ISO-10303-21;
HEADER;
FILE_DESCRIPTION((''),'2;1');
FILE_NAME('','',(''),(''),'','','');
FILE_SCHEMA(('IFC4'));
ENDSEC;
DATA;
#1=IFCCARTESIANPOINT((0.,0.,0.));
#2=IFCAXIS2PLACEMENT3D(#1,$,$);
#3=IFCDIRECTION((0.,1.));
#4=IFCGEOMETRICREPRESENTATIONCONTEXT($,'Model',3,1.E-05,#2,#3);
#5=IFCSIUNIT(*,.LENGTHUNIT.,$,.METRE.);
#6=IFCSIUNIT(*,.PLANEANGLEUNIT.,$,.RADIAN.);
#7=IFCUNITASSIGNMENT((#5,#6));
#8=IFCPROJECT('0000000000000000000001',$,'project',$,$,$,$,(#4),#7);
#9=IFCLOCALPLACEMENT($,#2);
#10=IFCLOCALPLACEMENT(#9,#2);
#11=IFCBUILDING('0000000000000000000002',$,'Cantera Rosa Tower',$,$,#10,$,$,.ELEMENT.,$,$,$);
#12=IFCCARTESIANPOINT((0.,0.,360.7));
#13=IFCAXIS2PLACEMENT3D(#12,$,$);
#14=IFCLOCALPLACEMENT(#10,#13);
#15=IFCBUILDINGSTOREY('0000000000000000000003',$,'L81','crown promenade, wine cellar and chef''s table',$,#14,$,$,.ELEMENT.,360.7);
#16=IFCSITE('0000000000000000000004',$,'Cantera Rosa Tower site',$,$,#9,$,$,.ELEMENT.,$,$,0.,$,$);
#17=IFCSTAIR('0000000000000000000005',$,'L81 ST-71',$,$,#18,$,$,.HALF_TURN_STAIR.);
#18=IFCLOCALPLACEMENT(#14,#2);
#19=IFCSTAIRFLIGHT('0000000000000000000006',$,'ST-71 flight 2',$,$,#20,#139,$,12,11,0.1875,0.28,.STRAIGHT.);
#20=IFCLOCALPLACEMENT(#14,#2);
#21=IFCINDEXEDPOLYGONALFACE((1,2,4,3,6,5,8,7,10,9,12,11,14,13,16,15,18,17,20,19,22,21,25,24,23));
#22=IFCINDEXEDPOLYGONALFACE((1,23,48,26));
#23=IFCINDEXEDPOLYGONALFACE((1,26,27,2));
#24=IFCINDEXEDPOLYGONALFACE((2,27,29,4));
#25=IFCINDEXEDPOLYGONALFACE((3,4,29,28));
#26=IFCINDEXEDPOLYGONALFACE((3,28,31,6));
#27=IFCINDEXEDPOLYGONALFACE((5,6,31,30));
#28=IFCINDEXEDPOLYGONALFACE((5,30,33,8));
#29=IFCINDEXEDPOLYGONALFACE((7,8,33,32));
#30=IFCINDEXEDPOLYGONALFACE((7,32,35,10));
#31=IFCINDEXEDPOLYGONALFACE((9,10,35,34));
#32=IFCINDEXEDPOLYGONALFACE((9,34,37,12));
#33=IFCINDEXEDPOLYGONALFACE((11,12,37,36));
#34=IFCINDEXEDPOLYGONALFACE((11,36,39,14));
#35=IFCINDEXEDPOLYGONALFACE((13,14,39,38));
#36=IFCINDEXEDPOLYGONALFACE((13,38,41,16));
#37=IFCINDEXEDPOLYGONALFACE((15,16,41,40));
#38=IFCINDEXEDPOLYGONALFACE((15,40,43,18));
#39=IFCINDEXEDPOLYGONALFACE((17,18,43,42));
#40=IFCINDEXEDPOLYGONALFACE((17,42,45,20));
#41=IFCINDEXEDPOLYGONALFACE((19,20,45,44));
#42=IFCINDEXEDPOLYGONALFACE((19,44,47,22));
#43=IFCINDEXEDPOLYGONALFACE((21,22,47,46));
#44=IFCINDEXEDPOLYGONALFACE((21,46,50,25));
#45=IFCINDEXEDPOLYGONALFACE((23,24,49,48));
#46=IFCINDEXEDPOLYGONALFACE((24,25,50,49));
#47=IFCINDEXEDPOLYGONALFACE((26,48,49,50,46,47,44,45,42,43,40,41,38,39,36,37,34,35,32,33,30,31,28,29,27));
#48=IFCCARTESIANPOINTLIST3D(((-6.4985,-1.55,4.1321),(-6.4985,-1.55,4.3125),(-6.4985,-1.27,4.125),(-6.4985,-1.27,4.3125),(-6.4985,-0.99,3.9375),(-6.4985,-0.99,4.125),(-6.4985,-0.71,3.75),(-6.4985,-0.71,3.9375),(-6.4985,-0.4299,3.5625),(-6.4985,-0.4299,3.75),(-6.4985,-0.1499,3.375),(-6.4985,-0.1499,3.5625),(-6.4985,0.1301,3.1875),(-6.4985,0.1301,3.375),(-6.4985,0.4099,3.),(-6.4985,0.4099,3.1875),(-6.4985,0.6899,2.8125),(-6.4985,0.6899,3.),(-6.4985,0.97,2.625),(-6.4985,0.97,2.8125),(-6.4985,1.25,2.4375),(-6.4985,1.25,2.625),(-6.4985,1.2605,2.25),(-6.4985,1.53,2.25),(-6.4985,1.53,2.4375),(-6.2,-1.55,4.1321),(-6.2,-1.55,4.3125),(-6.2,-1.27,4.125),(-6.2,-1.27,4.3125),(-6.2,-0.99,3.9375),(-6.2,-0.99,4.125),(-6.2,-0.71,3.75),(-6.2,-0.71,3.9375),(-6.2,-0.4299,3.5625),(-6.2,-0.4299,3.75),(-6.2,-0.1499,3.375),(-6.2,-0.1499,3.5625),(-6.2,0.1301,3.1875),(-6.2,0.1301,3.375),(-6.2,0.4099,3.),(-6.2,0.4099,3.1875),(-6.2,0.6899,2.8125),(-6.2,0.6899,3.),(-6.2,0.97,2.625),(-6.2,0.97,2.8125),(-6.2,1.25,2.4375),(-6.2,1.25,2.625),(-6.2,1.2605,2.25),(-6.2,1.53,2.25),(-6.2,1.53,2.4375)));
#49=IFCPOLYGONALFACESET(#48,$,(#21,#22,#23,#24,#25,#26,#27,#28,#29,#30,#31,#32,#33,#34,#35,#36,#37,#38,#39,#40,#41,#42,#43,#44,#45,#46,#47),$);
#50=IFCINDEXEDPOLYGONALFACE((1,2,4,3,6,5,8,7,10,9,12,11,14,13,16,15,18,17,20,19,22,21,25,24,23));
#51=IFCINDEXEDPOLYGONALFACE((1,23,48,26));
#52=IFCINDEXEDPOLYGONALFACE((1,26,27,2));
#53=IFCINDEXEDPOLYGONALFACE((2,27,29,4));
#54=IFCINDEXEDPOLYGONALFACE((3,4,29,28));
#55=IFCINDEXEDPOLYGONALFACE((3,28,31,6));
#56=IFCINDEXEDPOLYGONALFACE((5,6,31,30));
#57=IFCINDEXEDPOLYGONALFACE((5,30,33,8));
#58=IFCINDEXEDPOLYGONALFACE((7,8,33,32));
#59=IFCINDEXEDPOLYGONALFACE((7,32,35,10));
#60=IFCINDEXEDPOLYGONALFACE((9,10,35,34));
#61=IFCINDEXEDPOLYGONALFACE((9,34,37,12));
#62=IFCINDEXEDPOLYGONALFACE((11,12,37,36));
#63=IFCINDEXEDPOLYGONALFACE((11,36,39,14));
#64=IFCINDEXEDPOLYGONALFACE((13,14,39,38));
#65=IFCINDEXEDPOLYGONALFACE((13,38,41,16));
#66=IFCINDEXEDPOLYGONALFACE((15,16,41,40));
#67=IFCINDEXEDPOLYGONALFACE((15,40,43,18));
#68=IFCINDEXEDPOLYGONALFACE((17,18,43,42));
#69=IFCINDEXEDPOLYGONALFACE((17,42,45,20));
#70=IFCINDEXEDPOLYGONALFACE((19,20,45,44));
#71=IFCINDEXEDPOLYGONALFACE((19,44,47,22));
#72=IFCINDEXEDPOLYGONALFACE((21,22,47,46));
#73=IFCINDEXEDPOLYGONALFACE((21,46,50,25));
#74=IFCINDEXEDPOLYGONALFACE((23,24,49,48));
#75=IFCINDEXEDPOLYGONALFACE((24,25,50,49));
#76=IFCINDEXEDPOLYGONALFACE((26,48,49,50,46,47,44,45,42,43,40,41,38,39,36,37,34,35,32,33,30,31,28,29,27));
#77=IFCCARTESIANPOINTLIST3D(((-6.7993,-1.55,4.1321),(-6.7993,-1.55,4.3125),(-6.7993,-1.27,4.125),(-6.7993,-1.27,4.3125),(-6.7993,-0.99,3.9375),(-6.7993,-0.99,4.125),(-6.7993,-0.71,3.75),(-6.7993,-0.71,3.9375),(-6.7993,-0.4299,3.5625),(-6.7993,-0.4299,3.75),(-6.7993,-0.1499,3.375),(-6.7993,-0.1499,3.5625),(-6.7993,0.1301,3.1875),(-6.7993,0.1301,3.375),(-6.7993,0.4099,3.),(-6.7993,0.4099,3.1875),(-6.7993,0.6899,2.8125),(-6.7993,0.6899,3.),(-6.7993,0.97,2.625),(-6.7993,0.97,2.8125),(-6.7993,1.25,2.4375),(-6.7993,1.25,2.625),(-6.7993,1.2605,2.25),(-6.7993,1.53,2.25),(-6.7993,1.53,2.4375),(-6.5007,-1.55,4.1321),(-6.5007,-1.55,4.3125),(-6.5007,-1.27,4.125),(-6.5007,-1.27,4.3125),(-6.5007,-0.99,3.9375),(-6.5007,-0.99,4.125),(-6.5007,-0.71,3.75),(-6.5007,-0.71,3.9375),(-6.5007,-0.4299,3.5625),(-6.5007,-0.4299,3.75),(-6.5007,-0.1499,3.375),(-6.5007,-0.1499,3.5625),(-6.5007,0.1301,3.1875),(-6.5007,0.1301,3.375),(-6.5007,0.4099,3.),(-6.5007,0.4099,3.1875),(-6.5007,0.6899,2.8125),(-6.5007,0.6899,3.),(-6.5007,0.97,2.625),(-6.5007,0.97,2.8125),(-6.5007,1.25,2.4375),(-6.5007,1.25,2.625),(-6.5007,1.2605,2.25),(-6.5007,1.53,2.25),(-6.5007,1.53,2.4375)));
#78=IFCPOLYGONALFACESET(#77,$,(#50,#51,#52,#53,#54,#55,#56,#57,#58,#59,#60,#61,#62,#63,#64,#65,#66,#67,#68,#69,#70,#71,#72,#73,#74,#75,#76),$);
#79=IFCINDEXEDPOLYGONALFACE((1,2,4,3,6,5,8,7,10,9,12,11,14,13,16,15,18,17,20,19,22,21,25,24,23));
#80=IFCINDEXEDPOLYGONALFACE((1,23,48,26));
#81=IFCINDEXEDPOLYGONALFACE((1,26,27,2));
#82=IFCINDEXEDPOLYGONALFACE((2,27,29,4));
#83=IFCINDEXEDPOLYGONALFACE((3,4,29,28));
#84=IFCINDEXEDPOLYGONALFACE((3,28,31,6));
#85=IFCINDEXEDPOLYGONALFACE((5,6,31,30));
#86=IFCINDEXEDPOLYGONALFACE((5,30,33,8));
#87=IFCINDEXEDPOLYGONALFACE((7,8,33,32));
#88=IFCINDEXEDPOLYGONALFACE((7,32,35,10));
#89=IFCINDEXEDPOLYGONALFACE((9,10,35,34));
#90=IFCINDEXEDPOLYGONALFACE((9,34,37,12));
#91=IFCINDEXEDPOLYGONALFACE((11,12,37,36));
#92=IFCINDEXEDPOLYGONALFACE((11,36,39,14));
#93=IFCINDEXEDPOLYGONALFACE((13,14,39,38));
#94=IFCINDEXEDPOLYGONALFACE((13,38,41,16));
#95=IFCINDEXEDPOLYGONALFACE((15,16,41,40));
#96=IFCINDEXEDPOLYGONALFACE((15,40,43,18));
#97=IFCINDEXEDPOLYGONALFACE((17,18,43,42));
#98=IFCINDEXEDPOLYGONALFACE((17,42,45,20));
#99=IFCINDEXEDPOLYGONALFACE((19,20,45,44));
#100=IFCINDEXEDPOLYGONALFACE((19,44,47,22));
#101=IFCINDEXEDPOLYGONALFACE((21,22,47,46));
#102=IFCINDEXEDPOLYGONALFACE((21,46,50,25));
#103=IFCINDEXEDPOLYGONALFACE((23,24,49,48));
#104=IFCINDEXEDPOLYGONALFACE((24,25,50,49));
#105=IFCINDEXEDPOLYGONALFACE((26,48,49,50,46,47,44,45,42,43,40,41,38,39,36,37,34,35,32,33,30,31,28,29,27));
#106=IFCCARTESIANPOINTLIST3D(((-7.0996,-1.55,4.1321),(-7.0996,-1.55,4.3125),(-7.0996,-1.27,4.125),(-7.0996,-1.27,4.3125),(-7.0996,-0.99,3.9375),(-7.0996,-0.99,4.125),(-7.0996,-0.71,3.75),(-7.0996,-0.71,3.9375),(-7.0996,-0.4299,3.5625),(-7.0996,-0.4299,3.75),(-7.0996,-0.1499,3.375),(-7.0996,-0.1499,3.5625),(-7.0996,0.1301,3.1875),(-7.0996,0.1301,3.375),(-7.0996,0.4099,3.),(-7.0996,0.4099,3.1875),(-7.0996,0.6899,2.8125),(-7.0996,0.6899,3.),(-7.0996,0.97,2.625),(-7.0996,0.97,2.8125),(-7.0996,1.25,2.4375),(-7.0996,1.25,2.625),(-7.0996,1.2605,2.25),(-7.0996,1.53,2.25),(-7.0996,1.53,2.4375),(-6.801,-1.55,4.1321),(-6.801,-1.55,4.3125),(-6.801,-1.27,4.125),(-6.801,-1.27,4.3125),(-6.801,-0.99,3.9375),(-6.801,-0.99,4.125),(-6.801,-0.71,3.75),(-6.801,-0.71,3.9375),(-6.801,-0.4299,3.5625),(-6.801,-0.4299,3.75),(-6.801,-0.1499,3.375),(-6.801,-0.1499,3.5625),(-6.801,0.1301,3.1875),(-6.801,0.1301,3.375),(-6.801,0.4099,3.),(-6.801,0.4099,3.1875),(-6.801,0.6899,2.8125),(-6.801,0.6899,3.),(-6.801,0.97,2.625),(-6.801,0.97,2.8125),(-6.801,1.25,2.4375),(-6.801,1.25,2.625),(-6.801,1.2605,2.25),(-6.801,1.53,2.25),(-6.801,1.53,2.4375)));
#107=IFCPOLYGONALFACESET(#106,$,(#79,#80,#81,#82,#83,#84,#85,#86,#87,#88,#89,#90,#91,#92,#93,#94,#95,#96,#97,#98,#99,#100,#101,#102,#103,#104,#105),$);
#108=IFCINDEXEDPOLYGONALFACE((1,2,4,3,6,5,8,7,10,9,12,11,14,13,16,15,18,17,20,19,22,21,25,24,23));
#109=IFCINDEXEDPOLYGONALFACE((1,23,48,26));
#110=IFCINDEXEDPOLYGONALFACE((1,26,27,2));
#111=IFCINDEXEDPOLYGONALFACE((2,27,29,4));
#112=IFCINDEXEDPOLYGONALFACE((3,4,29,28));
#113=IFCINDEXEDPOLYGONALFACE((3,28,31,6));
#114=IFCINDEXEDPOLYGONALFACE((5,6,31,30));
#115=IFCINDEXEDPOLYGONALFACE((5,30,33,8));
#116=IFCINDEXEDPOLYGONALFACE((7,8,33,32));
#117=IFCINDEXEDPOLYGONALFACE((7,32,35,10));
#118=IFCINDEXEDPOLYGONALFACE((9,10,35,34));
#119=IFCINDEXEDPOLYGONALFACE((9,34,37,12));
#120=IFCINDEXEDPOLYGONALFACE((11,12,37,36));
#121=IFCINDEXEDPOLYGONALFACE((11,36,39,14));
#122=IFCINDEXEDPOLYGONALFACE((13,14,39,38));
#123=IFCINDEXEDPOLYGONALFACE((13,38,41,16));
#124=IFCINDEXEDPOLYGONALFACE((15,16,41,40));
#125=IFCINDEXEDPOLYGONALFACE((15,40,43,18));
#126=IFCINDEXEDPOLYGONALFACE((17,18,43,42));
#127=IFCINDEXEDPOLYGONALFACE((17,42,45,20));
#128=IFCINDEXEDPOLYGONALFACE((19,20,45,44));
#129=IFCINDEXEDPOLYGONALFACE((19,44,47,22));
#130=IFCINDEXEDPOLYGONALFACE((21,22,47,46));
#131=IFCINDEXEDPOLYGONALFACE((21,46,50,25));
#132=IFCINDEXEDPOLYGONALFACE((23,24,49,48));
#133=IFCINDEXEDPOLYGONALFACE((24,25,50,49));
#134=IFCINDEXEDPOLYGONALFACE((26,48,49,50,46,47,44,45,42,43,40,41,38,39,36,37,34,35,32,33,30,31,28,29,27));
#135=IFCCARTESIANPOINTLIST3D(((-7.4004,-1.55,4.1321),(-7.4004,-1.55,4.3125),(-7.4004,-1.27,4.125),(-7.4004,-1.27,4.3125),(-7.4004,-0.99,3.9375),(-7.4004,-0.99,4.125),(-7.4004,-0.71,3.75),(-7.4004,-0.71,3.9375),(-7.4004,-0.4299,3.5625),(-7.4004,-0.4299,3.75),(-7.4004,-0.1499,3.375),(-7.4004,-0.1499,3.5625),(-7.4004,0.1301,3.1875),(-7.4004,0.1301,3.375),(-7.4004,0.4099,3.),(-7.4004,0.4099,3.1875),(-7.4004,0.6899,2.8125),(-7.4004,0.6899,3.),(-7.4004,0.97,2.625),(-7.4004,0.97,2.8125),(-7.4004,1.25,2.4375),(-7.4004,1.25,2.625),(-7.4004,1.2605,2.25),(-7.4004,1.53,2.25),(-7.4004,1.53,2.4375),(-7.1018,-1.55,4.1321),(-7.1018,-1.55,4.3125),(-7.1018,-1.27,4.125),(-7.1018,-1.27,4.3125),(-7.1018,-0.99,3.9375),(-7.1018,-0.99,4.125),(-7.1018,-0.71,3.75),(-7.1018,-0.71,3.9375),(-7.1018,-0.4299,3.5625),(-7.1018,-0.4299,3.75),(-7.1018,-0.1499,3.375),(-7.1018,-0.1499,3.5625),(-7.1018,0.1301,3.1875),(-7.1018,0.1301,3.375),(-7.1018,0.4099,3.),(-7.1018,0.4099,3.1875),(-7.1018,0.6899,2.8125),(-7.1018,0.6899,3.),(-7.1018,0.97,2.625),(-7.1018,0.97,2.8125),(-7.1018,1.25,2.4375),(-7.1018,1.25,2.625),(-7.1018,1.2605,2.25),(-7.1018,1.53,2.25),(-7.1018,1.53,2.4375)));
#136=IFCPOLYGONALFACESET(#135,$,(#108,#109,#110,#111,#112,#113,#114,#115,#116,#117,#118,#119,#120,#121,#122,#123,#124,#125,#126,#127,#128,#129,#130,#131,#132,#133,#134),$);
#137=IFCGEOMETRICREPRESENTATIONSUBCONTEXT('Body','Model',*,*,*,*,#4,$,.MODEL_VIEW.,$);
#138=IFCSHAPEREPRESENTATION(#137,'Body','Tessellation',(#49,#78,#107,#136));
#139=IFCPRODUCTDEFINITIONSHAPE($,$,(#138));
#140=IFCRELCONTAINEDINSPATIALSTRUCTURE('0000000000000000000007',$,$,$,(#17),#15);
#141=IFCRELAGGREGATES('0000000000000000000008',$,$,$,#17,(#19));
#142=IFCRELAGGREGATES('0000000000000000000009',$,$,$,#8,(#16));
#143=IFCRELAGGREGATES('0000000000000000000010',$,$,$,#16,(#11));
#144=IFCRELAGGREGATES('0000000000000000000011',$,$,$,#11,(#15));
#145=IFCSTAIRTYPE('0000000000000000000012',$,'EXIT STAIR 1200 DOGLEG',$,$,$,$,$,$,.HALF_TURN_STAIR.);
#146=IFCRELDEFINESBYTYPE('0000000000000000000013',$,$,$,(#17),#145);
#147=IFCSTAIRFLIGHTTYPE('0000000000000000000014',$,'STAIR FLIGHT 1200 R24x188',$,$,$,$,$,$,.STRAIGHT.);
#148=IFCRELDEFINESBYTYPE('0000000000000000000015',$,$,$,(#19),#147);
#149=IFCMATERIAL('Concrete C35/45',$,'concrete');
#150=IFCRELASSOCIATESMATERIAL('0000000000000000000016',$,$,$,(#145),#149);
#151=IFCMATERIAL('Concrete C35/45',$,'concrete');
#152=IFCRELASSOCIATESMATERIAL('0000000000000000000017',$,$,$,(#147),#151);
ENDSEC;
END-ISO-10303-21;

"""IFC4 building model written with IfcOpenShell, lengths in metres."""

from ifc_helpers import new_model, si_unit, direction, frame, origin, place, context, subcontext, project, spatial, polyline, outline, extrude, material, type_object, element, aggregate, save


model = new_model("IFC4")

# Units and contexts
model_context = context("Model", 3, precision=1e-05, world=origin(), true_north=direction((0.0, 1.0)))
body_context = subcontext(model_context, "Body", "Model", "MODEL_VIEW")
ifc_project = project(units=[si_unit("LENGTHUNIT", "METRE"), si_unit("PLANEANGLEUNIT", "RADIAN")], contexts=[model_context])

# Site, building, storey
site_placement = place(None, origin())
site = spatial("IfcSite", under=ifc_project, at=site_placement, Name="Cantera Rosa Tower site", CompositionType="ELEMENT", RefElevation=0.0)
building_placement = place(site_placement, origin())
building = spatial("IfcBuilding", under=site, at=building_placement, Name="Cantera Rosa Tower", CompositionType="ELEMENT")
storey_placement = place(building_placement, frame((0.0, 0.0, 360.7)))
storey = spatial("IfcBuildingStorey", under=building, at=storey_placement, Name="L81", Description="crown promenade, wine cellar and chef's table", CompositionType="ELEMENT", Elevation=360.7)

# Stair, stair flight
ifc_material_1 = material(Name="Concrete C35/45", Category="concrete")
stair_type = type_object("IfcStairType", Name="EXIT STAIR 1200 DOGLEG", PredefinedType="HALF_TURN_STAIR", material=ifc_material_1)
stair_placement = place(storey_placement, origin())
stair = element("IfcStair", 1, at=stair_placement, inside=storey, type_object=stair_type, Name="L81 ST-71", PredefinedType="HALF_TURN_STAIR")
ifc_material_2 = material(Name="Concrete C35/45", Category="concrete")
stair_flight_type = type_object("IfcStairFlightType", Name="STAIR FLIGHT 1200 R24x188", PredefinedType="STRAIGHT", material=ifc_material_2)
stair_flight_placement = place(storey_placement, frame((-6.8, 1.53, 2.25), z_axis=(0.0, 0.0, 1.0), x_axis=(0.0, -1.0, 0.0)))
stair_flight = element("IfcStairFlight", 2, at=stair_flight_placement, type_object=stair_flight_type, Name="ST-71 flight 2", NumberOfRisers=12, NumberOfTreads=11, PredefinedType="STRAIGHT", RiserHeight=0.1875, TreadLength=0.28, context=body_context, shape_type="SweptSolid", body=[
    extrude(outline(polyline([(0.0, 0.0), (0.0, 0.1875), (0.28, 0.1875), (0.28, 0.375), (0.5601, 0.375), (0.5601, 0.5625), (0.8401, 0.5625), (0.8401, 0.75), (1.1201, 0.75), (1.1201, 0.9375), (1.3999, 0.9375), (1.3999, 1.125), (1.6799, 1.125), (1.6799, 1.3125), (1.96, 1.3125), (1.96, 1.5), (2.24, 1.5), (2.24, 1.6875), (2.52, 1.6875), (2.52, 1.875), (2.8, 1.875), (2.8, 2.0625), (3.0801, 2.0625), (3.0801, 2.25), (3.0801, 1.8821), (0.2695, 0.0), (0.0, 0.0)])), frame((0.0, 0.6001, 0.0), z_axis=(0.0, -1.0, 0.0), x_axis=(1.0, 0.0, 0.0)), (0.0, 0.0, 1.0), 0.2986),
    extrude(outline(polyline([(0.0, 0.0), (0.0, 0.1875), (0.28, 0.1875), (0.28, 0.375), (0.5601, 0.375), (0.5601, 0.5625), (0.8401, 0.5625), (0.8401, 0.75), (1.1201, 0.75), (1.1201, 0.9375), (1.3999, 0.9375), (1.3999, 1.125), (1.6799, 1.125), (1.6799, 1.3125), (1.96, 1.3125), (1.96, 1.5), (2.24, 1.5), (2.24, 1.6875), (2.52, 1.6875), (2.52, 1.875), (2.8, 1.875), (2.8, 2.0625), (3.0801, 2.0625), (3.0801, 2.25), (3.0801, 1.8821), (0.2695, 0.0), (0.0, 0.0)])), frame((0.0, 0.2993, 0.0), z_axis=(0.0, -1.0, 0.0), x_axis=(1.0, 0.0, 0.0)), (0.0, 0.0, 1.0), 0.2986),
    extrude(outline(polyline([(0.0, 0.0), (0.0, 0.1875), (0.28, 0.1875), (0.28, 0.375), (0.5601, 0.375), (0.5601, 0.5625), (0.8401, 0.5625), (0.8401, 0.75), (1.1201, 0.75), (1.1201, 0.9375), (1.3999, 0.9375), (1.3999, 1.125), (1.6799, 1.125), (1.6799, 1.3125), (1.96, 1.3125), (1.96, 1.5), (2.24, 1.5), (2.24, 1.6875), (2.52, 1.6875), (2.52, 1.875), (2.8, 1.875), (2.8, 2.0625), (3.0801, 2.0625), (3.0801, 2.25), (3.0801, 1.8821), (0.2695, 0.0), (0.0, 0.0)])), frame((0.0, -0.001, 0.0), z_axis=(0.0, -1.0, 0.0), x_axis=(1.0, 0.0, 0.0)), (0.0, 0.0, 1.0), 0.2986),
    extrude(outline(polyline([(0.0, 0.0), (0.0, 0.1875), (0.28, 0.1875), (0.28, 0.375), (0.5601, 0.375), (0.5601, 0.5625), (0.8401, 0.5625), (0.8401, 0.75), (1.1201, 0.75), (1.1201, 0.9375), (1.3999, 0.9375), (1.3999, 1.125), (1.6799, 1.125), (1.6799, 1.3125), (1.96, 1.3125), (1.96, 1.5), (2.24, 1.5), (2.24, 1.6875), (2.52, 1.6875), (2.52, 1.875), (2.8, 1.875), (2.8, 2.0625), (3.0801, 2.0625), (3.0801, 2.25), (3.0801, 1.8821), (0.2695, 0.0), (0.0, 0.0)])), frame((0.0, -0.3018, 0.0), z_axis=(0.0, -1.0, 0.0), x_axis=(1.0, 0.0, 0.0)), (0.0, 0.0, 1.0), 0.2986),
])
aggregate(stair, [stair_flight])

save(model, "model.ifc")
